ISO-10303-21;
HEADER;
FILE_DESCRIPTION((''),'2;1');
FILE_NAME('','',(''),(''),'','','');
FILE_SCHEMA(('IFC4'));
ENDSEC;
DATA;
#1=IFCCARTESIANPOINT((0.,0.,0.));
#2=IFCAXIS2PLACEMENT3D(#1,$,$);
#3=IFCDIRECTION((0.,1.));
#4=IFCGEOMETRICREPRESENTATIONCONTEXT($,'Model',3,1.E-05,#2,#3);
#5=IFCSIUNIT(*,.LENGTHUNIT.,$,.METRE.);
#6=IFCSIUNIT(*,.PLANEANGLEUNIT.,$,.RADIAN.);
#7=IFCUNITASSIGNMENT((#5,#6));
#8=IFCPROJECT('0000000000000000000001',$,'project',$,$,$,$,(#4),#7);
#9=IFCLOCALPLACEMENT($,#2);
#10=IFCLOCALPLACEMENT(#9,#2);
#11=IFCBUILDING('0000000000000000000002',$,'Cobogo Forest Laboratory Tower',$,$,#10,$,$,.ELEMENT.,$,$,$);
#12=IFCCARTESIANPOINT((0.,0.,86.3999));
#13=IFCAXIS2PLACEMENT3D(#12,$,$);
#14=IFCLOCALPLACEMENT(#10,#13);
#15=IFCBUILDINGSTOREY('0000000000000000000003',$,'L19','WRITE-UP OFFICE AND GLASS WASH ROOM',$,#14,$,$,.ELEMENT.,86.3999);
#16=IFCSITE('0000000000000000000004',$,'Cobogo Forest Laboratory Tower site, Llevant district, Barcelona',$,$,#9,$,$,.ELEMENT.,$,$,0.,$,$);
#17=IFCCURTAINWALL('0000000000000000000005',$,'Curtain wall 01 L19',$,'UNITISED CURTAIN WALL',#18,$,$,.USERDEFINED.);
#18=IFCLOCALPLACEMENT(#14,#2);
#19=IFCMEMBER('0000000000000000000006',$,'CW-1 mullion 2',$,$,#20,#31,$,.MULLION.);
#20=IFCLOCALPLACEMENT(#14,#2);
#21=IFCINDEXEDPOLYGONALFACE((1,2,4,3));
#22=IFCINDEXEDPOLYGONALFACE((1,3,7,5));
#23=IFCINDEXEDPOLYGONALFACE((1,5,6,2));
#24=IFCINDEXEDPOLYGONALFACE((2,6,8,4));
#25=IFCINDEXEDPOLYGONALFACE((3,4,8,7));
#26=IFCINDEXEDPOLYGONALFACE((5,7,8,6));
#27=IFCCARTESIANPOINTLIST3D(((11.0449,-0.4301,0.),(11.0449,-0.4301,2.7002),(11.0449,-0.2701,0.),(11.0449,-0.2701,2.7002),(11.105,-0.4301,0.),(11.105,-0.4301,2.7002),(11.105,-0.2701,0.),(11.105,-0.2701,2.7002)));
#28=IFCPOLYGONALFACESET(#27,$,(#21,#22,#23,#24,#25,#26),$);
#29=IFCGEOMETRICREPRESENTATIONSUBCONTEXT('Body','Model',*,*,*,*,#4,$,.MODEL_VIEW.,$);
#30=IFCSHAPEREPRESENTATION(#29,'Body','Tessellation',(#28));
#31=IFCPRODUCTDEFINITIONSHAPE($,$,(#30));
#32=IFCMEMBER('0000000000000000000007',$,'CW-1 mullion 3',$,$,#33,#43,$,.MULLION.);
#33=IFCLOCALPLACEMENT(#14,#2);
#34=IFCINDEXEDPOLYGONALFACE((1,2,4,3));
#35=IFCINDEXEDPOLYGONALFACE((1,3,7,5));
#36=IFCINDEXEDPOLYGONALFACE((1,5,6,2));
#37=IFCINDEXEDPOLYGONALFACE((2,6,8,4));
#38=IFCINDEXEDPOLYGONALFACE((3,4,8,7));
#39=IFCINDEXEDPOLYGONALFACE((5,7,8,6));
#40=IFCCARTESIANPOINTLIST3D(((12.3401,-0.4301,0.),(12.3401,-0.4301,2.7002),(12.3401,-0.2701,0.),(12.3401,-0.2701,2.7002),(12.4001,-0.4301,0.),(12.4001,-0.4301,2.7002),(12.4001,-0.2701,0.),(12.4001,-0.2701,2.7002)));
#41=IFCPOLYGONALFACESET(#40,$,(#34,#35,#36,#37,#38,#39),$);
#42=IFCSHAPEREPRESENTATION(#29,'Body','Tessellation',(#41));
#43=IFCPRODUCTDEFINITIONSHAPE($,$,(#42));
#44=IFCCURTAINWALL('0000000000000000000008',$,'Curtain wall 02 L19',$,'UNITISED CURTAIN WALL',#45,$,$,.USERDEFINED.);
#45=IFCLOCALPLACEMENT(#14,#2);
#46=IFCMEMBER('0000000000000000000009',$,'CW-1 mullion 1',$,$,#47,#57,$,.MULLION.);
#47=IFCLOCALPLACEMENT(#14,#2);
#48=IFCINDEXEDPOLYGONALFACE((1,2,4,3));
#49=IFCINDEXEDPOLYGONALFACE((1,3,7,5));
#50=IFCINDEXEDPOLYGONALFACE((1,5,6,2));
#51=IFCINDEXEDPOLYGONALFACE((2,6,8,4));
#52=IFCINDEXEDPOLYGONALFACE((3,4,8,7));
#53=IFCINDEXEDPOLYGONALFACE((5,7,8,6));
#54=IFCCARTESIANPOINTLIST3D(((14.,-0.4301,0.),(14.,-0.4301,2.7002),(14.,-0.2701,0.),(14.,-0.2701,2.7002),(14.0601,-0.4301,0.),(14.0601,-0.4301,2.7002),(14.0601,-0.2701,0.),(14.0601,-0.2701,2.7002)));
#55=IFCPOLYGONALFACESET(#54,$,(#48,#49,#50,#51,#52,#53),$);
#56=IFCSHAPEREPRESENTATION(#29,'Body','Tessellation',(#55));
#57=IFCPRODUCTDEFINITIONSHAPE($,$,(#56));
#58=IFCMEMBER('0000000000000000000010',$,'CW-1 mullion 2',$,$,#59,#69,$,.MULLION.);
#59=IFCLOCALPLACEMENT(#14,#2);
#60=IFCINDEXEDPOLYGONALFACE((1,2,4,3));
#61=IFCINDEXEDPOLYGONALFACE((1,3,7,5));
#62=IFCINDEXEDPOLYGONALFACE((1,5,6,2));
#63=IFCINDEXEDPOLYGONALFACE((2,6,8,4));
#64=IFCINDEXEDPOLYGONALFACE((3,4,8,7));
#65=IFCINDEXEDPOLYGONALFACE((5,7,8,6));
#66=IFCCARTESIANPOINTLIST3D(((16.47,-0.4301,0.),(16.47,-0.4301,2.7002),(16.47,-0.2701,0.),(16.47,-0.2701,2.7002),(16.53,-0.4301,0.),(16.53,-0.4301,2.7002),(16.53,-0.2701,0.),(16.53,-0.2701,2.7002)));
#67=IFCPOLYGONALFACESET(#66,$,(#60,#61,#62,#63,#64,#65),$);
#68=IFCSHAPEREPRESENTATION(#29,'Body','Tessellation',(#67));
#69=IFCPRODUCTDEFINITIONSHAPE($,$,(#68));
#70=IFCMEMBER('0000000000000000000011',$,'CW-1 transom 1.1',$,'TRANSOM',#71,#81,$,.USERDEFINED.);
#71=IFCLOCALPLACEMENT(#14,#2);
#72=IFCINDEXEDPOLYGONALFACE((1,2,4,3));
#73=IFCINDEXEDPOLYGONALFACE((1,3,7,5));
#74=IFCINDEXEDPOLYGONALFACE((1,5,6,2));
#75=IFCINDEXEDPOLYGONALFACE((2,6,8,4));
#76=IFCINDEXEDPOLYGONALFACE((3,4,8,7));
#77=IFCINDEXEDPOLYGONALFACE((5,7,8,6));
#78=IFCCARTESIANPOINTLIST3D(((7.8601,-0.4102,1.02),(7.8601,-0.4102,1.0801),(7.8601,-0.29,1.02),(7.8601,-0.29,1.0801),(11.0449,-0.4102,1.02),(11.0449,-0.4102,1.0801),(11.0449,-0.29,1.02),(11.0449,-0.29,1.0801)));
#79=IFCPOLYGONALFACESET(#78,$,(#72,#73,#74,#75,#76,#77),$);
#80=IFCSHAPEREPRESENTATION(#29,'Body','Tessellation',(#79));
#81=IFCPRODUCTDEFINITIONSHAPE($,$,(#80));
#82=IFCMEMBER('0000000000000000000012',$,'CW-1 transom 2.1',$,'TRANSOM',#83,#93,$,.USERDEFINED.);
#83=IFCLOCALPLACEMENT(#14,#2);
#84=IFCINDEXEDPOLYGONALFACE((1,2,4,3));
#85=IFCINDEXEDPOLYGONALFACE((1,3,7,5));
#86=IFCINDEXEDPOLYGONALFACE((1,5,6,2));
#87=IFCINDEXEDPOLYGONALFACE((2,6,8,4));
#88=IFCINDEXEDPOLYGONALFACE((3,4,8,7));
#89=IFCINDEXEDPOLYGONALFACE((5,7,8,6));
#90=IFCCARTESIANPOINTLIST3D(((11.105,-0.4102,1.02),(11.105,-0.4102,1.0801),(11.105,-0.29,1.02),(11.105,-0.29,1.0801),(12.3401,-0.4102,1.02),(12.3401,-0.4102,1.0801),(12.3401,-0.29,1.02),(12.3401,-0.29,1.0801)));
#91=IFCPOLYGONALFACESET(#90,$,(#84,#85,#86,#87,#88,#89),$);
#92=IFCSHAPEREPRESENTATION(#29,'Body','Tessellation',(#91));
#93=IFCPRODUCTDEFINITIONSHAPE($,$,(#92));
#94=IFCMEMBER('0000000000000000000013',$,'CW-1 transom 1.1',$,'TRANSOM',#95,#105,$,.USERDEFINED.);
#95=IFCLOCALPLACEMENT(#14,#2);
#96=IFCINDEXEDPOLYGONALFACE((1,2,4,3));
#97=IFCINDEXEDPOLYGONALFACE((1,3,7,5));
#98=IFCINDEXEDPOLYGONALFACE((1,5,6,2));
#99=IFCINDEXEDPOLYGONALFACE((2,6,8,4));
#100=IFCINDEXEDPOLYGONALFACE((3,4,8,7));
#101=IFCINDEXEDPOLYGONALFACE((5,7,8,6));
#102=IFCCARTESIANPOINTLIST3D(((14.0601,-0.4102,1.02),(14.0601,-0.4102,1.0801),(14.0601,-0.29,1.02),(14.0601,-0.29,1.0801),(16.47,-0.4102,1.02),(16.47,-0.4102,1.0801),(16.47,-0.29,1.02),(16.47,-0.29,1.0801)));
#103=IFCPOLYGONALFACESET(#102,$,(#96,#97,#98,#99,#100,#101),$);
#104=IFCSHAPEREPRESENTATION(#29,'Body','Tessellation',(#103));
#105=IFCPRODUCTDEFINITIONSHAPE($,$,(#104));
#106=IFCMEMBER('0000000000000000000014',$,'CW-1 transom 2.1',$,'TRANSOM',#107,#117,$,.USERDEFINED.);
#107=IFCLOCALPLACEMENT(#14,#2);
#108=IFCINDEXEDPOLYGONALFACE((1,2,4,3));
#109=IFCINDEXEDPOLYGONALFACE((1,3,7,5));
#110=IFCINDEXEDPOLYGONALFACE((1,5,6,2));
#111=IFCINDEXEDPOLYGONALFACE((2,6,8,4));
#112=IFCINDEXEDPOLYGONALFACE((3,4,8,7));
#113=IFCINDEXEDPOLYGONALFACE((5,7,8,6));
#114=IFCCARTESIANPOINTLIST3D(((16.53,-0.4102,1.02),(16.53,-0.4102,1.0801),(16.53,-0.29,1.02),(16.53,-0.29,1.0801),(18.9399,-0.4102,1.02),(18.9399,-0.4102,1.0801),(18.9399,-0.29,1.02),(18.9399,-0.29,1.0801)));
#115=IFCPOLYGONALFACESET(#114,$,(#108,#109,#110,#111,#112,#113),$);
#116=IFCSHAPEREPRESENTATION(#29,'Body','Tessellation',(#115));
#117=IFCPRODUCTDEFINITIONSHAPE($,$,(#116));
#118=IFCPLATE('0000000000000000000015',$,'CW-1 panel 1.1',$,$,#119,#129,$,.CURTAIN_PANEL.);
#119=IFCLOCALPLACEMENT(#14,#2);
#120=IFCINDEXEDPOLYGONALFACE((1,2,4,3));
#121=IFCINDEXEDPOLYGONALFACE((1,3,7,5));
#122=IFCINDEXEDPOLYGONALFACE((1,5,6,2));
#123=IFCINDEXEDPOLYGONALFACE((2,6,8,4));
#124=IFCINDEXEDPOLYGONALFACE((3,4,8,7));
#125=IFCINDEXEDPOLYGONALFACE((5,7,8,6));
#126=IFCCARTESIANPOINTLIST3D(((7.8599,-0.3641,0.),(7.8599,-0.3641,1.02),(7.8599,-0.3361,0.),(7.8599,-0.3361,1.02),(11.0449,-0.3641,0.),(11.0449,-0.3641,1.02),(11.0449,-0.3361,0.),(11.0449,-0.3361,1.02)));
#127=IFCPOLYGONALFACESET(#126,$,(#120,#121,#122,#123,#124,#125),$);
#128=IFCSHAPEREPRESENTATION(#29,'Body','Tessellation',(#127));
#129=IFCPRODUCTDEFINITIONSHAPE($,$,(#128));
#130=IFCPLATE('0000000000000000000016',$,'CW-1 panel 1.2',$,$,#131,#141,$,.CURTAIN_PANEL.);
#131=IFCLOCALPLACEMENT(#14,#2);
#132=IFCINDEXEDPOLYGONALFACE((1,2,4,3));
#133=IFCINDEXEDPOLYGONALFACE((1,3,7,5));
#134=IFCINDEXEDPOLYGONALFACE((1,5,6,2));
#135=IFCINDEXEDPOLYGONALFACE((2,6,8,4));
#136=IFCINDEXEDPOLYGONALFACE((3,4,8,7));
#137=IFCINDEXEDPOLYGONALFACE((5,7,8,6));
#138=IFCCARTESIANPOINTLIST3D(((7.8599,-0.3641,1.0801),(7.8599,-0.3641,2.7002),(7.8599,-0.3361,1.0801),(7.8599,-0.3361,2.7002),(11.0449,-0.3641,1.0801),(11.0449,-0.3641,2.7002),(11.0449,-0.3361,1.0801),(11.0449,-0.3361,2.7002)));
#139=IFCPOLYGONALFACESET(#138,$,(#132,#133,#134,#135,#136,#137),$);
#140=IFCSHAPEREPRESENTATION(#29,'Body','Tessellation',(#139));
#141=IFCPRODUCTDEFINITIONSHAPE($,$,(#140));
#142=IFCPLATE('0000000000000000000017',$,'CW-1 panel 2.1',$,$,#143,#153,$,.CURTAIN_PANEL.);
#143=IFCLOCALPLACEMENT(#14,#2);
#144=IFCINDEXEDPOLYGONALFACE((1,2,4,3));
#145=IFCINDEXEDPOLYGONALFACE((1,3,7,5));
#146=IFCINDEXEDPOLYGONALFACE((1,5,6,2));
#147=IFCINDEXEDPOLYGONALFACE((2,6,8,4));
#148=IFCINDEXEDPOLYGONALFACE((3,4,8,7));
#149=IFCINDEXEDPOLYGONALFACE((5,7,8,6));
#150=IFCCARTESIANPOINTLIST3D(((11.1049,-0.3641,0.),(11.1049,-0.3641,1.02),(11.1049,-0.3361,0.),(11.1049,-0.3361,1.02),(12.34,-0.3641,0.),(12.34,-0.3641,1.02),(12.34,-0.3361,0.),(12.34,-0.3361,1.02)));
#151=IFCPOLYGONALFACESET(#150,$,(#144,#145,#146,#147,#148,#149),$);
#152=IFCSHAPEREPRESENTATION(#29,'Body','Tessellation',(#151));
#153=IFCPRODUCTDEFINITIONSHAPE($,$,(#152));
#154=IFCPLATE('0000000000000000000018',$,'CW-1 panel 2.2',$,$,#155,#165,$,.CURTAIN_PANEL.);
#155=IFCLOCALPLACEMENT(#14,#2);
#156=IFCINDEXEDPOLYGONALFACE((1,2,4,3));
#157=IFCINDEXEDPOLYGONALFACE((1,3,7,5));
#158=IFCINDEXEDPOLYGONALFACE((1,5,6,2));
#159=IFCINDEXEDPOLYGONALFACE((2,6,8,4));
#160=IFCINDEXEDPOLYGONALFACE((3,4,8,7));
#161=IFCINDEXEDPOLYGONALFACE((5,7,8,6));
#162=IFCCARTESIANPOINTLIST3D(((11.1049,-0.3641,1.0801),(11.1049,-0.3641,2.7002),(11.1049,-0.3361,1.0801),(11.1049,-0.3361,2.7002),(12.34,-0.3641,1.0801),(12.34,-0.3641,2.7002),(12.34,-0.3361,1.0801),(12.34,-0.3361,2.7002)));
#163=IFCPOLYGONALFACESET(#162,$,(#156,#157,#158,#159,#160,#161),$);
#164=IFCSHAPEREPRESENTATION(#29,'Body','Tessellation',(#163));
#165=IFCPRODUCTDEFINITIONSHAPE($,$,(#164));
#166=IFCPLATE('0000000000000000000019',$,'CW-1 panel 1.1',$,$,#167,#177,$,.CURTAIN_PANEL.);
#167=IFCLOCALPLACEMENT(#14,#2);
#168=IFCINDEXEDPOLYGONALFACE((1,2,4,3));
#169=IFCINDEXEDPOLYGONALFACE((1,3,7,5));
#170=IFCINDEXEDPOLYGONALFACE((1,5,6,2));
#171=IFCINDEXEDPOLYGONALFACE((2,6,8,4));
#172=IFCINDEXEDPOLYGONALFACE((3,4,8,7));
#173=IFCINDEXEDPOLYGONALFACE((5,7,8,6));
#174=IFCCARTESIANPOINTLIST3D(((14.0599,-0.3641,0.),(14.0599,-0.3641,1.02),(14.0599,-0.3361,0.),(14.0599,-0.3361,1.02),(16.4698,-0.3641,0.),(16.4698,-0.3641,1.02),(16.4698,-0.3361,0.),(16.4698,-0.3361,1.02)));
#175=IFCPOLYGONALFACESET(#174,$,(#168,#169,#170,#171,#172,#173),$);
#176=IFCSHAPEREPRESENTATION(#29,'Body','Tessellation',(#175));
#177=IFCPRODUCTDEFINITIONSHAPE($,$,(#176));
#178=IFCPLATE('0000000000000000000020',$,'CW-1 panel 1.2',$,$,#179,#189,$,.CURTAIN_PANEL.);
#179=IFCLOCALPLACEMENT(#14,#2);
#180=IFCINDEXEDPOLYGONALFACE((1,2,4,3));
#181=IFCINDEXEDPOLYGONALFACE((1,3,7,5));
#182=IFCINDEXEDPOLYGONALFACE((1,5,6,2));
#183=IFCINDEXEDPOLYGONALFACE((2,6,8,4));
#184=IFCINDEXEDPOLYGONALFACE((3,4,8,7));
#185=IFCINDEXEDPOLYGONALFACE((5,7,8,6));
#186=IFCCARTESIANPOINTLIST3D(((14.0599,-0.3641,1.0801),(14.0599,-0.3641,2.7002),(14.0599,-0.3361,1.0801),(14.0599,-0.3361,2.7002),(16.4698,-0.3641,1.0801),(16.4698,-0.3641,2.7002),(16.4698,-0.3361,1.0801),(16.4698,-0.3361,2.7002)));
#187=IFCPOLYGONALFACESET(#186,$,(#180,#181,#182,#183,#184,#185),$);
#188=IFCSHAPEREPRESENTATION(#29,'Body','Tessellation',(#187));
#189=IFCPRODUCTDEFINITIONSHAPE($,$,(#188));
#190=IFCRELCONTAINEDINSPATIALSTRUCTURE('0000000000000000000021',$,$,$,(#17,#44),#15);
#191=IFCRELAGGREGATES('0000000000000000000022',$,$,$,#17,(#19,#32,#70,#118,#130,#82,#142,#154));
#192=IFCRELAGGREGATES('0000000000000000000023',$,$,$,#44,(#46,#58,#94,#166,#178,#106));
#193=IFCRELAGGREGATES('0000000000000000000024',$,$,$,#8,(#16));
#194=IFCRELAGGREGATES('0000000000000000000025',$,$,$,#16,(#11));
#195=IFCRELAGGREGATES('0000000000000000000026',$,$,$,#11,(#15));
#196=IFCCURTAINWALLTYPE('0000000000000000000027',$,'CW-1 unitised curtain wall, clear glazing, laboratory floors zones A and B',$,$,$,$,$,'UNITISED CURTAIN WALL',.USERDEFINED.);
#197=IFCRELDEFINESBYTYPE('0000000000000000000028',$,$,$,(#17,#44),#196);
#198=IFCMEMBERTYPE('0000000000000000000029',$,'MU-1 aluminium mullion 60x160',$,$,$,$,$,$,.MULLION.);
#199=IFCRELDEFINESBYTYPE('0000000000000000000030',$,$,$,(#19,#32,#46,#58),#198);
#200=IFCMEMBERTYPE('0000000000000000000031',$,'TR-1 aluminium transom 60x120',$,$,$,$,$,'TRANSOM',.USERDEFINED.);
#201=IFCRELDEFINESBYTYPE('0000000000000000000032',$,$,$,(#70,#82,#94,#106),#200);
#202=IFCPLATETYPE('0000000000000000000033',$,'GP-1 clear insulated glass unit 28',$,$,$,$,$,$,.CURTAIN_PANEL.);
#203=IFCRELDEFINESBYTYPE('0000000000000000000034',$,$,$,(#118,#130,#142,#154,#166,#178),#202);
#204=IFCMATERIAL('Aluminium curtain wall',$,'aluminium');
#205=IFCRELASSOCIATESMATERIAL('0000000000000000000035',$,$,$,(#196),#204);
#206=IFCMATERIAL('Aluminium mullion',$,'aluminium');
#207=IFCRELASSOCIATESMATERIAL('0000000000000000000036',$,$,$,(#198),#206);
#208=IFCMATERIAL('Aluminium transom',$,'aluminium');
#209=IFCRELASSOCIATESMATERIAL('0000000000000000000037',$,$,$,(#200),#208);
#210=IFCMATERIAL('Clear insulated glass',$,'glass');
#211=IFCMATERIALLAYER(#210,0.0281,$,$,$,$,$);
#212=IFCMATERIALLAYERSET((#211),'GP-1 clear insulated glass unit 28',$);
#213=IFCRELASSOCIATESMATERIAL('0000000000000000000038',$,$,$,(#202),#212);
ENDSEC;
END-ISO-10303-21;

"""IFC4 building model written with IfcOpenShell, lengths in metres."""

from ifc_helpers import new_model, si_unit, direction, frame, origin, origin_2d, place, context, subcontext, project, spatial, rectangle, extrude, material, layer, layer_set, material_profile, profile_set, type_object, element, aggregate, save


model = new_model("IFC4")

# Units and contexts
model_context = context("Model", 3, precision=1e-05, world=origin(), true_north=direction((0.0, 1.0)))
body_context = subcontext(model_context, "Body", "Model", "MODEL_VIEW")
ifc_project = project(units=[si_unit("LENGTHUNIT", "METRE"), si_unit("PLANEANGLEUNIT", "RADIAN")], contexts=[model_context])

# Site, building, storey
site_placement = place(None, origin())
site = spatial("IfcSite", under=ifc_project, at=site_placement, Name="Cobogo Forest Laboratory Tower site, Llevant district, Barcelona", CompositionType="ELEMENT", RefElevation=0.0)
building_placement = place(site_placement, origin())
building = spatial("IfcBuilding", under=site, at=building_placement, Name="Cobogo Forest Laboratory Tower", CompositionType="ELEMENT")
storey_placement = place(building_placement, frame((0.0, 0.0, 86.3999)))
storey = spatial("IfcBuildingStorey", under=building, at=storey_placement, Name="L19", Description="WRITE-UP OFFICE AND GLASS WASH ROOM", CompositionType="ELEMENT", Elevation=86.3999)

# Curtain walls, members
ifc_material_1 = material(Name="Aluminium curtain wall", Category="aluminium")
curtain_wall_type = type_object("IfcCurtainWallType", Name="CW-1 unitised curtain wall, clear glazing, laboratory floors zones A and B", ElementType="UNITISED CURTAIN WALL", PredefinedType="USERDEFINED", material=ifc_material_1)
curtain_wall_1_placement = place(storey_placement, origin())
curtain_wall_1 = element("IfcCurtainWall", 1, at=curtain_wall_1_placement, inside=storey, type_object=curtain_wall_type, Name="Curtain wall 01 L19", ObjectType="UNITISED CURTAIN WALL", PredefinedType="USERDEFINED")
ifc_material_2 = material(Name="Aluminium mullion", Category="aluminium")
ifc_material_profile_1 = material_profile(ifc_material_2, rectangle(XDim=0.0601, YDim=0.1599, at=origin_2d()), Name="AL 60x160")
ifc_profile_set_1 = profile_set([ifc_material_profile_1], Name="Aluminium mullion")
member_type_1 = type_object("IfcMemberType", Name="MU-1 aluminium mullion 60x160", PredefinedType="MULLION", material=ifc_profile_set_1)
member_1_placement = place(storey_placement, frame((11.075, -0.3501, 0.0), z_axis=(0.0, 0.0, 1.0), x_axis=(1.0, 0.0, 0.0)))
member_1 = element("IfcMember", 2, at=member_1_placement, type_object=member_type_1, Name="CW-1 mullion 2", PredefinedType="MULLION", context=body_context, shape_type="SweptSolid", body=[
    extrude(rectangle(XDim=0.0601, YDim=0.1599, at=origin_2d()), origin(), (0.0, 0.0, 1.0), 2.7002),
])
member_2_placement = place(storey_placement, frame((12.3701, -0.3501, 0.0), z_axis=(0.0, 0.0, 1.0), x_axis=(1.0, 0.0, 0.0)))
member_2 = element("IfcMember", 3, at=member_2_placement, type_object=member_type_1, Name="CW-1 mullion 3", PredefinedType="MULLION", context=body_context, shape_type="SweptSolid", body=[
    extrude(rectangle(XDim=0.0601, YDim=0.1599, at=origin_2d()), origin(), (0.0, 0.0, 1.0), 2.7002),
])
curtain_wall_2_placement = place(storey_placement, origin())
curtain_wall_2 = element("IfcCurtainWall", 4, at=curtain_wall_2_placement, inside=storey, type_object=curtain_wall_type, Name="Curtain wall 02 L19", ObjectType="UNITISED CURTAIN WALL", PredefinedType="USERDEFINED")
member_3_placement = place(storey_placement, frame((14.03, -0.3501, 0.0), z_axis=(0.0, 0.0, 1.0), x_axis=(1.0, 0.0, 0.0)))
member_3 = element("IfcMember", 5, at=member_3_placement, type_object=member_type_1, Name="CW-1 mullion 1", PredefinedType="MULLION", context=body_context, shape_type="SweptSolid", body=[
    extrude(rectangle(XDim=0.0601, YDim=0.1599, at=origin_2d()), origin(), (0.0, 0.0, 1.0), 2.7002),
])
member_4_placement = place(storey_placement, frame((16.5, -0.3501, 0.0), z_axis=(0.0, 0.0, 1.0), x_axis=(1.0, 0.0, 0.0)))
member_4 = element("IfcMember", 6, at=member_4_placement, type_object=member_type_1, Name="CW-1 mullion 2", PredefinedType="MULLION", context=body_context, shape_type="SweptSolid", body=[
    extrude(rectangle(XDim=0.0601, YDim=0.1599, at=origin_2d()), origin(), (0.0, 0.0, 1.0), 2.7002),
])

# Members
ifc_material_3 = material(Name="Aluminium transom", Category="aluminium")
ifc_material_profile_2 = material_profile(ifc_material_3, rectangle(XDim=0.1201, YDim=0.0601, at=origin_2d()), Name="AL 60x120")
ifc_profile_set_2 = profile_set([ifc_material_profile_2], Name="Aluminium transom")
member_type_2 = type_object("IfcMemberType", Name="TR-1 aluminium transom 60x120", ElementType="TRANSOM", PredefinedType="USERDEFINED", material=ifc_profile_set_2)
member_5_placement = place(storey_placement, frame((7.8601, -0.3501, 1.05), z_axis=(1.0, 0.0, 0.0), x_axis=(0.0, 1.0, 0.0)))
member_5 = element("IfcMember", 7, at=member_5_placement, type_object=member_type_2, Name="CW-1 transom 1.1", ObjectType="TRANSOM", PredefinedType="USERDEFINED", context=body_context, shape_type="SweptSolid", body=[
    extrude(rectangle(XDim=0.1201, YDim=0.0601, at=origin_2d()), origin(), (0.0, 0.0, 1.0), 3.1848),
])
member_6_placement = place(storey_placement, frame((11.105, -0.3501, 1.05), z_axis=(1.0, 0.0, 0.0), x_axis=(0.0, 1.0, 0.0)))
member_6 = element("IfcMember", 8, at=member_6_placement, type_object=member_type_2, Name="CW-1 transom 2.1", ObjectType="TRANSOM", PredefinedType="USERDEFINED", context=body_context, shape_type="SweptSolid", body=[
    extrude(rectangle(XDim=0.1201, YDim=0.0601, at=origin_2d()), origin(), (0.0, 0.0, 1.0), 1.2351),
])
member_7_placement = place(storey_placement, frame((14.0601, -0.3501, 1.05), z_axis=(1.0, 0.0, 0.0), x_axis=(0.0, 1.0, 0.0)))
member_7 = element("IfcMember", 9, at=member_7_placement, type_object=member_type_2, Name="CW-1 transom 1.1", ObjectType="TRANSOM", PredefinedType="USERDEFINED", context=body_context, shape_type="SweptSolid", body=[
    extrude(rectangle(XDim=0.1201, YDim=0.0601, at=origin_2d()), origin(), (0.0, 0.0, 1.0), 2.4099),
])
member_8_placement = place(storey_placement, frame((16.53, -0.3501, 1.05), z_axis=(1.0, 0.0, 0.0), x_axis=(0.0, 1.0, 0.0)))
member_8 = element("IfcMember", 10, at=member_8_placement, type_object=member_type_2, Name="CW-1 transom 2.1", ObjectType="TRANSOM", PredefinedType="USERDEFINED", context=body_context, shape_type="SweptSolid", body=[
    extrude(rectangle(XDim=0.1201, YDim=0.0601, at=origin_2d()), origin(), (0.0, 0.0, 1.0), 2.4099),
])

# Plates
ifc_material_4 = material(Name="Clear insulated glass", Category="glass")
ifc_layer = layer(ifc_material_4, 0.0281)
ifc_layer_set = layer_set([ifc_layer], Name="GP-1 clear insulated glass unit 28")
plate_type_1 = type_object("IfcPlateType", Name="GP-1 clear insulated glass unit 28", PredefinedType="CURTAIN_PANEL", material=ifc_layer_set)
plate_1_placement = place(storey_placement, frame((9.4524, -0.3501, 0.0), z_axis=(0.0, 0.0, 1.0), x_axis=(1.0, 0.0, 0.0)))
plate_1 = element("IfcPlate", 11, at=plate_1_placement, type_object=plate_type_1, Name="CW-1 panel 1.1", PredefinedType="CURTAIN_PANEL", context=body_context, shape_type="SweptSolid", body=[
    extrude(rectangle(XDim=3.1851, YDim=0.0281, at=origin_2d()), origin(), (0.0, 0.0, 1.0), 1.02),
])
plate_2_placement = place(storey_placement, frame((9.4524, -0.3501, 1.0801), z_axis=(0.0, 0.0, 1.0), x_axis=(1.0, 0.0, 0.0)))
plate_2 = element("IfcPlate", 12, at=plate_2_placement, type_object=plate_type_1, Name="CW-1 panel 1.2", PredefinedType="CURTAIN_PANEL", context=body_context, shape_type="SweptSolid", body=[
    extrude(rectangle(XDim=3.1851, YDim=0.0281, at=origin_2d()), origin(), (0.0, 0.0, 1.0), 1.6201),
])
plate_3_placement = place(storey_placement, frame((11.7224, -0.3501, 0.0), z_axis=(0.0, 0.0, 1.0), x_axis=(1.0, 0.0, 0.0)))
plate_3 = element("IfcPlate", 13, at=plate_3_placement, type_object=plate_type_1, Name="CW-1 panel 2.1", PredefinedType="CURTAIN_PANEL", context=body_context, shape_type="SweptSolid", body=[
    extrude(rectangle(XDim=1.2351, YDim=0.0281, at=origin_2d()), origin(), (0.0, 0.0, 1.0), 1.02),
])
plate_4_placement = place(storey_placement, frame((11.7224, -0.3501, 1.0801), z_axis=(0.0, 0.0, 1.0), x_axis=(1.0, 0.0, 0.0)))
plate_4 = element("IfcPlate", 14, at=plate_4_placement, type_object=plate_type_1, Name="CW-1 panel 2.2", PredefinedType="CURTAIN_PANEL", context=body_context, shape_type="SweptSolid", body=[
    extrude(rectangle(XDim=1.2351, YDim=0.0281, at=origin_2d()), origin(), (0.0, 0.0, 1.0), 1.6201),
])
aggregate(curtain_wall_1, [member_1, member_2, member_5, plate_1, plate_2, member_6, plate_3, plate_4])
plate_5_placement = place(storey_placement, frame((15.2649, -0.3501, 0.0), z_axis=(0.0, 0.0, 1.0), x_axis=(1.0, 0.0, 0.0)))
plate_5 = element("IfcPlate", 15, at=plate_5_placement, type_object=plate_type_1, Name="CW-1 panel 1.1", PredefinedType="CURTAIN_PANEL", context=body_context, shape_type="SweptSolid", body=[
    extrude(rectangle(XDim=2.4099, YDim=0.0281, at=origin_2d()), origin(), (0.0, 0.0, 1.0), 1.02),
])
plate_6_placement = place(storey_placement, frame((15.2649, -0.3501, 1.0801), z_axis=(0.0, 0.0, 1.0), x_axis=(1.0, 0.0, 0.0)))
plate_6 = element("IfcPlate", 16, at=plate_6_placement, type_object=plate_type_1, Name="CW-1 panel 1.2", PredefinedType="CURTAIN_PANEL", context=body_context, shape_type="SweptSolid", body=[
    extrude(rectangle(XDim=2.4099, YDim=0.0281, at=origin_2d()), origin(), (0.0, 0.0, 1.0), 1.6201),
])
aggregate(curtain_wall_2, [member_3, member_4, member_7, plate_5, plate_6, member_8])

save(model, "model.ifc")
